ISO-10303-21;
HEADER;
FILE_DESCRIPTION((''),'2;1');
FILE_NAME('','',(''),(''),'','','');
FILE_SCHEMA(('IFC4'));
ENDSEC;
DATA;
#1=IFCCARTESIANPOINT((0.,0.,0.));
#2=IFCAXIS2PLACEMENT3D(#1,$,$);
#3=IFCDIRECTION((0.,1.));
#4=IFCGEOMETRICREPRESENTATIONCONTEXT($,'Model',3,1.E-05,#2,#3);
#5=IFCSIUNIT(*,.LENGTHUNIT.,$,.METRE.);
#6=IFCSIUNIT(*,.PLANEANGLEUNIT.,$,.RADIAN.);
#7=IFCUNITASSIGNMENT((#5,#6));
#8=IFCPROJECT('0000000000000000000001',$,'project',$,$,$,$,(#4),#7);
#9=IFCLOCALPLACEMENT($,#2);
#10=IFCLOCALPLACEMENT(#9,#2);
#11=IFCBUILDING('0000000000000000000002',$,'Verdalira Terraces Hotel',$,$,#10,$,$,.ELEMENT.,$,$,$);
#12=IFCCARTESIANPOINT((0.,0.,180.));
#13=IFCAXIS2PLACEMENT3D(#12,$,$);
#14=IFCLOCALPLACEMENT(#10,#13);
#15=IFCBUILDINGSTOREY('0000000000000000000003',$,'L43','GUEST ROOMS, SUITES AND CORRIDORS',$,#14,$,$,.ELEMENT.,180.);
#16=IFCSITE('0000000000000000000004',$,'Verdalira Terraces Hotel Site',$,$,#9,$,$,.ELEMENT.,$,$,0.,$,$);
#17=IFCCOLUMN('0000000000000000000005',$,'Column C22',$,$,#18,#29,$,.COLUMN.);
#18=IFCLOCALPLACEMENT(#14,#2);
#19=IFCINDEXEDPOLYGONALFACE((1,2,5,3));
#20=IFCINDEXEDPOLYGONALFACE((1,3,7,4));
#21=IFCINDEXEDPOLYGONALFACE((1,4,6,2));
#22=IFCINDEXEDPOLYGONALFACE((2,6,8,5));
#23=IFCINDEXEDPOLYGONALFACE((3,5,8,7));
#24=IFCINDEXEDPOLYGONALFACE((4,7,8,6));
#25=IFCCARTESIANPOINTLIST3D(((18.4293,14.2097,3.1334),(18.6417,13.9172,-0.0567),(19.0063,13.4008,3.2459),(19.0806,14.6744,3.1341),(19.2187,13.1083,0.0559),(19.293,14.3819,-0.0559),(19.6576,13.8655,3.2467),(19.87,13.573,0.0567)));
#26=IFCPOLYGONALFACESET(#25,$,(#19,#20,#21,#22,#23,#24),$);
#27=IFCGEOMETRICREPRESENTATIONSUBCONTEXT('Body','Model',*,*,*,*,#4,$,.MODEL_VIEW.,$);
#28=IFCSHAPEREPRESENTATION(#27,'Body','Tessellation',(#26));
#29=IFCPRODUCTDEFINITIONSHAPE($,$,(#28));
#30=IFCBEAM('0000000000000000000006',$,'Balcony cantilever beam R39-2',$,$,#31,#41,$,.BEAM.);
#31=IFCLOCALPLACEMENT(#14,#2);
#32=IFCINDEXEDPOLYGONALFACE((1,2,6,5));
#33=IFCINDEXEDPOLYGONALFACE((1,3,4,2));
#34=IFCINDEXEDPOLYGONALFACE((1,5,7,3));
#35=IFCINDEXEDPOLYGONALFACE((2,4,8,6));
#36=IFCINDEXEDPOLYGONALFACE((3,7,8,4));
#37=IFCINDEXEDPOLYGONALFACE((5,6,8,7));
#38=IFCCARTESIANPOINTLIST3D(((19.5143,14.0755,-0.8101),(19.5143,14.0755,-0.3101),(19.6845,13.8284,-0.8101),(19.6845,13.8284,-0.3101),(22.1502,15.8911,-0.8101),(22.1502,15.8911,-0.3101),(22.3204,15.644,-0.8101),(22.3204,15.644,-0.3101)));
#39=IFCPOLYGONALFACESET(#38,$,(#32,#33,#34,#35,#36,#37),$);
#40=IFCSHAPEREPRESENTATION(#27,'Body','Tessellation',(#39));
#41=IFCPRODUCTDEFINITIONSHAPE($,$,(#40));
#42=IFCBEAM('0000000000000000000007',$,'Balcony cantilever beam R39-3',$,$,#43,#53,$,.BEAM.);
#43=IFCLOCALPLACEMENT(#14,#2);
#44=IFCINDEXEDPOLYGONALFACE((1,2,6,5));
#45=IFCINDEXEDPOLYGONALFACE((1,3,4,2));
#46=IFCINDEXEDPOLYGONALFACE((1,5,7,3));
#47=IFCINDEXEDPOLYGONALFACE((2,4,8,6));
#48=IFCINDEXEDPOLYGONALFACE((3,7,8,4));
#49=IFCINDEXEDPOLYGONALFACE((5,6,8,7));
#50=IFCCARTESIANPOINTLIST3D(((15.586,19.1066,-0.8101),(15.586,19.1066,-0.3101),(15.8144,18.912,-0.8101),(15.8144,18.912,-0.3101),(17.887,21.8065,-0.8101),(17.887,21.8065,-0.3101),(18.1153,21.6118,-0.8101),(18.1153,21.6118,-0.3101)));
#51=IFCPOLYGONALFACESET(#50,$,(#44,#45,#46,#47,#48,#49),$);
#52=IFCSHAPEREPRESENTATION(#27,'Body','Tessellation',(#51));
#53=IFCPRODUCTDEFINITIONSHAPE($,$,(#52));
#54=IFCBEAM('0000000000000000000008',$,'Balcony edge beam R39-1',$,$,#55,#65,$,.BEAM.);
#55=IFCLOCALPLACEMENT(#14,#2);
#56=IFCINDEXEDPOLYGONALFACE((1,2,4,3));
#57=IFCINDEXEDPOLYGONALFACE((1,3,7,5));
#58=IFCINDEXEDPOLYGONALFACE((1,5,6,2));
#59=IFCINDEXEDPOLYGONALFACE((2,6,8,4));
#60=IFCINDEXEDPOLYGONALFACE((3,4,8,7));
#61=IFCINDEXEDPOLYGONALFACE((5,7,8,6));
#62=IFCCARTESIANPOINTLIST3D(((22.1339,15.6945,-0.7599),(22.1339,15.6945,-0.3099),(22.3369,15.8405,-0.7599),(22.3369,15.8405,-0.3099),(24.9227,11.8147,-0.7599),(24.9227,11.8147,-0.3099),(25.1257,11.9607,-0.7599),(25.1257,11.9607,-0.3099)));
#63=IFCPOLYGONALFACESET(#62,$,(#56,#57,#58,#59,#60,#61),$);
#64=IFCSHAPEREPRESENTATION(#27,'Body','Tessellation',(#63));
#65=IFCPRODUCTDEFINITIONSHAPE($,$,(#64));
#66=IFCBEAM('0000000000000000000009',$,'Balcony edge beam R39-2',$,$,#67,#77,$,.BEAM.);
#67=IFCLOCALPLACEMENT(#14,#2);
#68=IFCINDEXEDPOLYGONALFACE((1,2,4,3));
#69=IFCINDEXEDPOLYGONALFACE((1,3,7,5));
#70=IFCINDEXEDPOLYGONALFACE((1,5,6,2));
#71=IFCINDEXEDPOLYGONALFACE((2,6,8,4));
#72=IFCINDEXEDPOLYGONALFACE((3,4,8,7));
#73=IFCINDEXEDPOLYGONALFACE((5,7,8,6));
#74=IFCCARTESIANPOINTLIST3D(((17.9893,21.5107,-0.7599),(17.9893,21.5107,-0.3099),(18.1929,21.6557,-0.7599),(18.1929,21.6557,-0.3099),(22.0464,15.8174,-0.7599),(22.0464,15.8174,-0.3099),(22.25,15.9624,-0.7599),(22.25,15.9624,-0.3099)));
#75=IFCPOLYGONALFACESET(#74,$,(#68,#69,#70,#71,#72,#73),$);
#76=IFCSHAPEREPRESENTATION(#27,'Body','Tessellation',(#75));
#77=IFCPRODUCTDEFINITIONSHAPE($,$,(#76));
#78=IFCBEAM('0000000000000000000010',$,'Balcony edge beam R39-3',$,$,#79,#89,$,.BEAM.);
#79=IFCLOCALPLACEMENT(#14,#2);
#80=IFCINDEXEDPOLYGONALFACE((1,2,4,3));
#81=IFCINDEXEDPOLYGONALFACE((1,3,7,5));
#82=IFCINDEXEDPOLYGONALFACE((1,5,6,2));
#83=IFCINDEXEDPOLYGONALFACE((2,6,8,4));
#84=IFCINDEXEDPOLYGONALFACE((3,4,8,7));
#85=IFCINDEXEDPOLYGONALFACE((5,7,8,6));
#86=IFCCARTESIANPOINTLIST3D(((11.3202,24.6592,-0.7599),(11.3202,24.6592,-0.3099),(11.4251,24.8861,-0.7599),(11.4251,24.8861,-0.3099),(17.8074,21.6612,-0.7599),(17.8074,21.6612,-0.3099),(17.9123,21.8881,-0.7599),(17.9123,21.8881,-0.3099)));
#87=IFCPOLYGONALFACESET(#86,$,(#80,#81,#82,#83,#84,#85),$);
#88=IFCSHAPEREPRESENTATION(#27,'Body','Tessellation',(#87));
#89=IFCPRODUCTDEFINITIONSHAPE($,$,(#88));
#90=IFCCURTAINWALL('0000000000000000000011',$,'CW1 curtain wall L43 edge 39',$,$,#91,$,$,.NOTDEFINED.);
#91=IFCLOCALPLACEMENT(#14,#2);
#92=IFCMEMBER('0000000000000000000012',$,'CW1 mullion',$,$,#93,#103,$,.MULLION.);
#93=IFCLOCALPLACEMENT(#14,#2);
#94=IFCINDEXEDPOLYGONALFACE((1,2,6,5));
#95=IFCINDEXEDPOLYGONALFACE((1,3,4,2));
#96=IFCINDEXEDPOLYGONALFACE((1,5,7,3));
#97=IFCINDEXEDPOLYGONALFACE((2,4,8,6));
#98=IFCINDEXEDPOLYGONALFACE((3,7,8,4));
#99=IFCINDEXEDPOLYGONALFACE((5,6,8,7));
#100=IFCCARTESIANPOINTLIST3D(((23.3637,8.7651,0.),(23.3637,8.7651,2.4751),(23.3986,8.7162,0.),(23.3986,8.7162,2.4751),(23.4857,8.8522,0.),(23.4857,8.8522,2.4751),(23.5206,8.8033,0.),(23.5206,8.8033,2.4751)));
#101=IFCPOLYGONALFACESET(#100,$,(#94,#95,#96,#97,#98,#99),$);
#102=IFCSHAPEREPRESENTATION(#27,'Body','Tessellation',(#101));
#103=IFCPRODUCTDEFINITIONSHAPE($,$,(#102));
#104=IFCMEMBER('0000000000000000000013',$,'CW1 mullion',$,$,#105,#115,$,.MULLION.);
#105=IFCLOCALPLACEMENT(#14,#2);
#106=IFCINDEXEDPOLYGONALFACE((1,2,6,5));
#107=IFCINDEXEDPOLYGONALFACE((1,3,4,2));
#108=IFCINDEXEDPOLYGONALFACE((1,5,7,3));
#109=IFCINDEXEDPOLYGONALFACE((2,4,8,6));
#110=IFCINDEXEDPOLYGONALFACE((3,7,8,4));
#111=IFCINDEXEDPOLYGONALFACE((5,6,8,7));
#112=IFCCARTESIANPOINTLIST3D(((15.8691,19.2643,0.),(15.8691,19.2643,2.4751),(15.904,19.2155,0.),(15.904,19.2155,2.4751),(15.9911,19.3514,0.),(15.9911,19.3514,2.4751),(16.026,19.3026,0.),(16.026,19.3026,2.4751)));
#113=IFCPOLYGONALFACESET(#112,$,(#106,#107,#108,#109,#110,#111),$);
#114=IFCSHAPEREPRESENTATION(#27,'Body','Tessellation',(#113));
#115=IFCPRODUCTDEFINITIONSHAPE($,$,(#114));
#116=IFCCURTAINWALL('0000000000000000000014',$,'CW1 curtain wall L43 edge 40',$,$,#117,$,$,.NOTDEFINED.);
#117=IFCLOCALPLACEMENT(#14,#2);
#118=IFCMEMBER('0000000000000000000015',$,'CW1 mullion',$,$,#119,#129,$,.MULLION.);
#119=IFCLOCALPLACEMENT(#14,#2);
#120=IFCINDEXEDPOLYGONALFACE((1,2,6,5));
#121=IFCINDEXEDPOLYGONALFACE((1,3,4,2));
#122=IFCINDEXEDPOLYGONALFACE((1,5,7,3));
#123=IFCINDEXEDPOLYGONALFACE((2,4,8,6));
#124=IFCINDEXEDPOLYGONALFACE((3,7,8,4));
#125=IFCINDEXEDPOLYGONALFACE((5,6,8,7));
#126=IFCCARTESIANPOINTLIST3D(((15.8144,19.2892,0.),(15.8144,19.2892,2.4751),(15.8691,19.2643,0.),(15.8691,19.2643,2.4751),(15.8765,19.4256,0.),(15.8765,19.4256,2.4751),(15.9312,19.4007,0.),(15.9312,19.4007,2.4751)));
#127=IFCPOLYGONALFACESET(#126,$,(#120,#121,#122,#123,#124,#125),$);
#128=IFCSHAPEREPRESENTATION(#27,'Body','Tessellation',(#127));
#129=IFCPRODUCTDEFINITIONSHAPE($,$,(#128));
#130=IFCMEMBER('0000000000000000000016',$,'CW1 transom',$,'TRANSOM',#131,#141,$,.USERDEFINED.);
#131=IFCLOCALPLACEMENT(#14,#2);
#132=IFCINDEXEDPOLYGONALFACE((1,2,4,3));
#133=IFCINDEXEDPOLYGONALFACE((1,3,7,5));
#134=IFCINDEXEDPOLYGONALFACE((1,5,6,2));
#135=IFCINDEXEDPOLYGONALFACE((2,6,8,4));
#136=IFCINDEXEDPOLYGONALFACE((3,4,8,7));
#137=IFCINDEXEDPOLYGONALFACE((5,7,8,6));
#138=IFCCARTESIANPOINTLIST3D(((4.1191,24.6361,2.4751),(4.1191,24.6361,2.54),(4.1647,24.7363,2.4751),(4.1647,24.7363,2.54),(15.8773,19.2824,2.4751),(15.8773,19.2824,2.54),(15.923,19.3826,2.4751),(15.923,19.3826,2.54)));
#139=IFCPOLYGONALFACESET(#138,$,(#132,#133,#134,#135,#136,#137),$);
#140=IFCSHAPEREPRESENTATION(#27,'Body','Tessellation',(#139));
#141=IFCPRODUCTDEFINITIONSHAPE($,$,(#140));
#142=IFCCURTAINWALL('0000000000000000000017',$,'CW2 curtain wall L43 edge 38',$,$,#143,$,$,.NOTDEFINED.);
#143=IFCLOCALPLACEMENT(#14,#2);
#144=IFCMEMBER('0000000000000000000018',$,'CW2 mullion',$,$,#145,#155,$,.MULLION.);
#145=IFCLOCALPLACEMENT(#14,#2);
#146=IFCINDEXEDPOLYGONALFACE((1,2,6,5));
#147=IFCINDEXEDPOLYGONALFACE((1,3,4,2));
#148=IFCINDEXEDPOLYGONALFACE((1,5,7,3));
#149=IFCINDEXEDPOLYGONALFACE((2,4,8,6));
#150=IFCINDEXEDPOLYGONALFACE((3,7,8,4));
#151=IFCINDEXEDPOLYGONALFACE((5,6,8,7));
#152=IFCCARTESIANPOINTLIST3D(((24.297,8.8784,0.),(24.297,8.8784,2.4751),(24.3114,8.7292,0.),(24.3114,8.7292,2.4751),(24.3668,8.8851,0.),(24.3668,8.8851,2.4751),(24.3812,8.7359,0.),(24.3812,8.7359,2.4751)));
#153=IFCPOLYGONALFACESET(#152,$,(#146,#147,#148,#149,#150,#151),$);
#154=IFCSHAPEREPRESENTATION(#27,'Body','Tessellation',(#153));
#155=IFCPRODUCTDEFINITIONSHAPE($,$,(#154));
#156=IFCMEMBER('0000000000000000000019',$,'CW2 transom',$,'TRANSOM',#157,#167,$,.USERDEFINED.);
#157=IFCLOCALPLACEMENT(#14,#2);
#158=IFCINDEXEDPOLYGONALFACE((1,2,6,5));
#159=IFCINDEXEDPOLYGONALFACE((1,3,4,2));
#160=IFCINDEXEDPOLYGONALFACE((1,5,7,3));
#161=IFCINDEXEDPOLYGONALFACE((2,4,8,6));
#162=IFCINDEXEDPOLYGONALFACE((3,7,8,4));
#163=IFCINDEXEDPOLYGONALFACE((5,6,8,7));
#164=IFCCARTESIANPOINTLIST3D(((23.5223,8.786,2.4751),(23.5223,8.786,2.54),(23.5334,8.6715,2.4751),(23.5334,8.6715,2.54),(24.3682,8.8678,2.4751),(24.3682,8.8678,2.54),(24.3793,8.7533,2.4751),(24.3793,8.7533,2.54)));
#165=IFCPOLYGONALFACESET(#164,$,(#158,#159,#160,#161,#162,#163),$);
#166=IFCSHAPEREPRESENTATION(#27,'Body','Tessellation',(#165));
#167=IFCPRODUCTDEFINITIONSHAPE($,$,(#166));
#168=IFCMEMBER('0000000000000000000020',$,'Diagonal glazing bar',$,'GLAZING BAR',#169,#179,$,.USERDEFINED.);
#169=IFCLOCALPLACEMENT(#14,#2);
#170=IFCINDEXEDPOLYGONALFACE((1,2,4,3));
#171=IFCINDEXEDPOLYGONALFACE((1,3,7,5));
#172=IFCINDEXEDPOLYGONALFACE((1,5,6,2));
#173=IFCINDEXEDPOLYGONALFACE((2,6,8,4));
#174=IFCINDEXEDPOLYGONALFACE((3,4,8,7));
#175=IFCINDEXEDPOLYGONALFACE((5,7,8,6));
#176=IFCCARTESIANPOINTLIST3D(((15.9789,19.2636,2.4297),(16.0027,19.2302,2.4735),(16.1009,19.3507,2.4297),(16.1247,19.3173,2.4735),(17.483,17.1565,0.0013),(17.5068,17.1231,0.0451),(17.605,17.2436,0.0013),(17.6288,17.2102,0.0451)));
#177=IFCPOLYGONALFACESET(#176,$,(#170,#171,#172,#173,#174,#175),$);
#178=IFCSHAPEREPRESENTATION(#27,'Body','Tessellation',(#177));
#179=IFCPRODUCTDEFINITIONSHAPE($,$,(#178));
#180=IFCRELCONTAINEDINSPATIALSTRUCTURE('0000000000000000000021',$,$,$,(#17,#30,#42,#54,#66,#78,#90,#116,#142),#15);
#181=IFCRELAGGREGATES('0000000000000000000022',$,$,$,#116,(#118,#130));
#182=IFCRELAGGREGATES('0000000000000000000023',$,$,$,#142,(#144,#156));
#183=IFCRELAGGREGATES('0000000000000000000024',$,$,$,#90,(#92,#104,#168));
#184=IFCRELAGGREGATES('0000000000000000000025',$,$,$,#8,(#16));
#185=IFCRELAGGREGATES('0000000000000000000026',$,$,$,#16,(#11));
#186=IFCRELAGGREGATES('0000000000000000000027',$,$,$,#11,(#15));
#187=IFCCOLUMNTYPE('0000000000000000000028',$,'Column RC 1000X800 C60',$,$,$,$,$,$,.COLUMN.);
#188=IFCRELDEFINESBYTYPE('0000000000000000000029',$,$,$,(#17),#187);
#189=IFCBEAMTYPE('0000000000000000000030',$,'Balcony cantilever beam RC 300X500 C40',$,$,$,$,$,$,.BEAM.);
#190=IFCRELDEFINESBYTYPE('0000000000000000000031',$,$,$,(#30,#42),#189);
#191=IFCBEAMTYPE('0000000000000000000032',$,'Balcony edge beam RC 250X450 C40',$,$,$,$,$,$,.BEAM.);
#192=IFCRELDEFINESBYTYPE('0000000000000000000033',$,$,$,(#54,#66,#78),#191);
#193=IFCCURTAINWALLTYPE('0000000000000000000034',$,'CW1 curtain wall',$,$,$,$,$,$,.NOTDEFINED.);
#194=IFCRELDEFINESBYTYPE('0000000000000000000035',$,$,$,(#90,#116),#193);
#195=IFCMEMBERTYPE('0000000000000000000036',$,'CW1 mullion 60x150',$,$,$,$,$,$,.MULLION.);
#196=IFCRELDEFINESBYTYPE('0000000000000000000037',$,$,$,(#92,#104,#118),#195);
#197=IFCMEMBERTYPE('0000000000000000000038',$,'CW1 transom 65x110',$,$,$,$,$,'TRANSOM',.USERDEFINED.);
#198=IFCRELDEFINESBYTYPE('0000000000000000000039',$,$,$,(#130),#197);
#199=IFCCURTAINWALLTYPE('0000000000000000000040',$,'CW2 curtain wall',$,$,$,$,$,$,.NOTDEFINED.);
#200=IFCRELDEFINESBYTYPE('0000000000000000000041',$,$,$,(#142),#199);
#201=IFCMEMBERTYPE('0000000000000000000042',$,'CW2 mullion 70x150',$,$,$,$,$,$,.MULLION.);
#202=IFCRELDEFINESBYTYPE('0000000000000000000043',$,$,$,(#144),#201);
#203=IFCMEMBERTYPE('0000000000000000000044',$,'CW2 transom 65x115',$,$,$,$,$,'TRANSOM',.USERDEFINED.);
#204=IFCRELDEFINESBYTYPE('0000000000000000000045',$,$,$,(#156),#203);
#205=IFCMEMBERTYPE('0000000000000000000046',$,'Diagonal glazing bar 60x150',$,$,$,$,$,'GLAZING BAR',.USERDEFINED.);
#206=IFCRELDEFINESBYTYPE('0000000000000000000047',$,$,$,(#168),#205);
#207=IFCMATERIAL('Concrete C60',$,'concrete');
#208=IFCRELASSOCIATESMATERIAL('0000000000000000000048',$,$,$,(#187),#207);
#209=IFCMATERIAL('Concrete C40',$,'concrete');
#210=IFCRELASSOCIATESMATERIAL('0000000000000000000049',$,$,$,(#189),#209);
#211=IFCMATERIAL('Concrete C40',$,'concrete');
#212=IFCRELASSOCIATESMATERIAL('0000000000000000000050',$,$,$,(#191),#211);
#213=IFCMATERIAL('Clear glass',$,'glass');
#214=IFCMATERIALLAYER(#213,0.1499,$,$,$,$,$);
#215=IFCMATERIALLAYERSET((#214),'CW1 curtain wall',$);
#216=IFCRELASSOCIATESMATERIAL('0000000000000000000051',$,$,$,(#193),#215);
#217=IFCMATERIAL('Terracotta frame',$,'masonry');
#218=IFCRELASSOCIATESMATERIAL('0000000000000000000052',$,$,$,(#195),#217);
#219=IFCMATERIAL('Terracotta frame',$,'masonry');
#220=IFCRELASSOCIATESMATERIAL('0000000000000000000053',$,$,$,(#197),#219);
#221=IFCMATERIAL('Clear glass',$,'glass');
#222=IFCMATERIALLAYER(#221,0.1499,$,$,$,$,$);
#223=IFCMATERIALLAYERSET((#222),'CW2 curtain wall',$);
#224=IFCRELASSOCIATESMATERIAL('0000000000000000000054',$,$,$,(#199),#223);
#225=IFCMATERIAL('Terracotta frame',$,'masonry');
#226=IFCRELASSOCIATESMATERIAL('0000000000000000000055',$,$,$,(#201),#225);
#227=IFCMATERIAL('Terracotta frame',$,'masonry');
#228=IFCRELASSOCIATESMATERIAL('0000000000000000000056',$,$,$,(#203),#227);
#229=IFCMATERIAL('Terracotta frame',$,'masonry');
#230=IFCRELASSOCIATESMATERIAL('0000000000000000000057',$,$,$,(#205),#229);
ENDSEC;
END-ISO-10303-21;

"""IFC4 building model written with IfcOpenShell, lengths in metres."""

from ifc_helpers import new_model, si_unit, direction, frame, origin, origin_2d, place, context, subcontext, project, spatial, rectangle, extrude, material, layer, layer_set, material_profile, profile_set, type_object, element, aggregate, save


model = new_model("IFC4")

# Units and contexts
model_context = context("Model", 3, precision=1e-05, world=origin(), true_north=direction((0.0, 1.0)))
body_context = subcontext(model_context, "Body", "Model", "MODEL_VIEW")
ifc_project = project(units=[si_unit("LENGTHUNIT", "METRE"), si_unit("PLANEANGLEUNIT", "RADIAN")], contexts=[model_context])

# Site, building, storey
site_placement = place(None, origin())
site = spatial("IfcSite", under=ifc_project, at=site_placement, Name="Verdalira Terraces Hotel Site", CompositionType="ELEMENT", RefElevation=0.0)
building_placement = place(site_placement, origin())
building = spatial("IfcBuilding", under=site, at=building_placement, Name="Verdalira Terraces Hotel", CompositionType="ELEMENT")
storey_placement = place(building_placement, frame((0.0, 0.0, 180.0)))
storey = spatial("IfcBuildingStorey", under=building, at=storey_placement, Name="L43", Description="GUEST ROOMS, SUITES AND CORRIDORS", CompositionType="ELEMENT", Elevation=180.0)

# Column
ifc_material_1 = material(Name="Concrete C60", Category="concrete")
ifc_material_profile_1 = material_profile(ifc_material_1, rectangle(XDim=1.0, YDim=0.8, at=origin_2d()), Name="RC 1000X800")
ifc_profile_set_1 = profile_set([ifc_material_profile_1], Name="Concrete C60")
column_type = type_object("IfcColumnType", Name="Column RC 1000X800 C60", PredefinedType="COLUMN", material=ifc_profile_set_1)
column_placement = place(storey_placement, frame((19.2559, 13.7451, 0.0), z_axis=(-0.066162, 0.091105, 0.993641), x_axis=(-0.57703, 0.808925, -0.112591)))
element("IfcColumn", 1, at=column_placement, inside=storey, type_object=column_type, Name="Column C22", PredefinedType="COLUMN", context=body_context, shape_type="SweptSolid", body=[
    extrude(rectangle(XDim=1.0, YDim=0.8, at=origin_2d()), origin(), (0.0, 0.0, 1.0), 3.2104),
])

# Beams
ifc_material_2 = material(Name="Concrete C40", Category="concrete")
ifc_material_profile_2 = material_profile(ifc_material_2, rectangle(XDim=0.3, YDim=0.5, at=origin_2d()), Name="RC 300X500")
ifc_profile_set_2 = profile_set([ifc_material_profile_2], Name="Concrete C40")
beam_type_1 = type_object("IfcBeamType", Name="Balcony cantilever beam RC 300X500 C40", PredefinedType="BEAM", material=ifc_profile_set_2)
beam_1_placement = place(storey_placement, frame((19.5994, 13.9519, -0.5601), z_axis=(0.823541, 0.567257, 0.0), x_axis=(-0.567257, 0.823541, 0.0)))
element("IfcBeam", 2, at=beam_1_placement, inside=storey, type_object=beam_type_1, Name="Balcony cantilever beam R39-2", PredefinedType="BEAM", context=body_context, shape_type="SweptSolid", body=[
    extrude(rectangle(XDim=0.3, YDim=0.5, at=origin_2d()), origin(), (0.0, 0.0, 1.0), 3.2007),
])
beam_2_placement = place(storey_placement, frame((15.7002, 19.0093, -0.5601), z_axis=(0.648641, 0.761095, 0.0), x_axis=(-0.761095, 0.648641, 0.0)))
element("IfcBeam", 3, at=beam_2_placement, inside=storey, type_object=beam_type_1, Name="Balcony cantilever beam R39-3", PredefinedType="BEAM", context=body_context, shape_type="SweptSolid", body=[
    extrude(rectangle(XDim=0.3, YDim=0.5, at=origin_2d()), origin(), (0.0, 0.0, 1.0), 3.5474),
])
ifc_material_3 = material(Name="Concrete C40", Category="concrete")
ifc_material_profile_3 = material_profile(ifc_material_3, rectangle(XDim=0.25, YDim=0.45, at=origin_2d()), Name="RC 250X450")
ifc_profile_set_3 = profile_set([ifc_material_profile_3], Name="Concrete C40")
beam_type_2 = type_object("IfcBeamType", Name="Balcony edge beam RC 250X450 C40", PredefinedType="BEAM", material=ifc_profile_set_3)
beam_3_placement = place(storey_placement, frame((25.0242, 11.8877, -0.5349), z_axis=(-0.583657, 0.812, 0.0), x_axis=(-0.812, -0.583657, 0.0)))
element("IfcBeam", 4, at=beam_3_placement, inside=storey, type_object=beam_type_2, Name="Balcony edge beam R39-1", PredefinedType="BEAM", context=body_context, shape_type="SweptSolid", body=[
    extrude(rectangle(XDim=0.25, YDim=0.45, at=origin_2d()), origin(), (0.0, 0.0, 1.0), 4.7781),
])
beam_4_placement = place(storey_placement, frame((22.1482, 15.8899, -0.5349), z_axis=(-0.580333, 0.814379, 0.0), x_axis=(-0.814379, -0.580333, 0.0)))
element("IfcBeam", 5, at=beam_4_placement, inside=storey, type_object=beam_type_2, Name="Balcony edge beam R39-2", PredefinedType="BEAM", context=body_context, shape_type="SweptSolid", body=[
    extrude(rectangle(XDim=0.25, YDim=0.45, at=origin_2d()), origin(), (0.0, 0.0, 1.0), 6.991),
])
beam_5_placement = place(storey_placement, frame((17.8599, 21.7747, -0.5349), z_axis=(-0.907751, 0.419509, 0.0), x_axis=(-0.419509, -0.907751, 0.0)))
element("IfcBeam", 6, at=beam_5_placement, inside=storey, type_object=beam_type_2, Name="Balcony edge beam R39-3", PredefinedType="BEAM", context=body_context, shape_type="SweptSolid", body=[
    extrude(rectangle(XDim=0.25, YDim=0.45, at=origin_2d()), origin(), (0.0, 0.0, 1.0), 7.1465),
])

# Curtain walls, members
ifc_material_4 = material(Name="Clear glass", Category="glass")
ifc_layer_1 = layer(ifc_material_4, 0.1499)
ifc_layer_set_1 = layer_set([ifc_layer_1], Name="CW1 curtain wall")
curtain_wall_type_1 = type_object("IfcCurtainWallType", Name="CW1 curtain wall", PredefinedType="NOTDEFINED", material=ifc_layer_set_1)
curtain_wall_1_placement = place(storey_placement, origin())
curtain_wall_1 = element("IfcCurtainWall", 7, at=curtain_wall_1_placement, inside=storey, type_object=curtain_wall_type_1, Name="CW1 curtain wall L43 edge 39", PredefinedType="NOTDEFINED")
ifc_material_5 = material(Name="Terracotta frame", Category="masonry")
ifc_material_profile_4 = material_profile(ifc_material_5, rectangle(XDim=0.0601, YDim=0.1499, at=origin_2d()), Name="MU 60x150")
ifc_profile_set_4 = profile_set([ifc_material_profile_4], Name="Terracotta frame")
member_type_1 = type_object("IfcMemberType", Name="CW1 mullion 60x150", PredefinedType="MULLION", material=ifc_profile_set_4)
member_1_placement = place(storey_placement, frame((23.4421, 8.7842, 0.0), z_axis=(0.0, 0.0, 1.0), x_axis=(-0.580987, 0.813913, 0.0)))
member_1 = element("IfcMember", 8, at=member_1_placement, type_object=member_type_1, Name="CW1 mullion", PredefinedType="MULLION", context=body_context, shape_type="SweptSolid", body=[
    extrude(rectangle(XDim=0.0601, YDim=0.1499, at=origin_2d()), origin(), (0.0, 0.0, 1.0), 2.4751),
])
member_2_placement = place(storey_placement, frame((15.9475, 19.2834, 0.0), z_axis=(0.0, 0.0, 1.0), x_axis=(-0.580987, 0.813913, 0.0)))
member_2 = element("IfcMember", 9, at=member_2_placement, type_object=member_type_1, Name="CW1 mullion", PredefinedType="MULLION", context=body_context, shape_type="SweptSolid", body=[
    extrude(rectangle(XDim=0.0601, YDim=0.1499, at=origin_2d()), origin(), (0.0, 0.0, 1.0), 2.4751),
])
curtain_wall_2_placement = place(storey_placement, origin())
curtain_wall_2 = element("IfcCurtainWall", 10, at=curtain_wall_2_placement, inside=storey, type_object=curtain_wall_type_1, Name="CW1 curtain wall L43 edge 40", PredefinedType="NOTDEFINED")
member_3_placement = place(storey_placement, frame((15.8728, 19.345, 0.0), z_axis=(0.0, 0.0, 1.0), x_axis=(-0.910106, 0.414376, 0.0)))
member_3 = element("IfcMember", 11, at=member_3_placement, type_object=member_type_1, Name="CW1 mullion", PredefinedType="MULLION", context=body_context, shape_type="SweptSolid", body=[
    extrude(rectangle(XDim=0.0601, YDim=0.1499, at=origin_2d()), origin(), (0.0, 0.0, 1.0), 2.4751),
])
ifc_material_6 = material(Name="Terracotta frame", Category="masonry")
ifc_material_profile_5 = material_profile(ifc_material_6, rectangle(XDim=0.1101, YDim=0.0649, at=origin_2d()), Name="TR 65x110")
ifc_profile_set_5 = profile_set([ifc_material_profile_5], Name="Terracotta frame")
member_type_2 = type_object("IfcMemberType", Name="CW1 transom 65x110", ElementType="TRANSOM", PredefinedType="USERDEFINED", material=ifc_profile_set_5)
member_4_placement = place(storey_placement, frame((15.9001, 19.3325, 2.5076), z_axis=(-0.910102, 0.414385, 0.0), x_axis=(-0.414385, -0.910102, 0.0)))
member_4 = element("IfcMember", 12, at=member_4_placement, type_object=member_type_2, Name="CW1 transom", ObjectType="TRANSOM", PredefinedType="USERDEFINED", context=body_context, shape_type="SweptSolid", body=[
    extrude(rectangle(XDim=0.1101, YDim=0.0649, at=origin_2d()), origin(), (0.0, 0.0, 1.0), 12.9197),
])
aggregate(curtain_wall_2, [member_3, member_4])
ifc_material_7 = material(Name="Clear glass", Category="glass")
ifc_layer_2 = layer(ifc_material_7, 0.1499)
ifc_layer_set_2 = layer_set([ifc_layer_2], Name="CW2 curtain wall")
curtain_wall_type_2 = type_object("IfcCurtainWallType", Name="CW2 curtain wall", PredefinedType="NOTDEFINED", material=ifc_layer_set_2)
curtain_wall_3_placement = place(storey_placement, origin())
curtain_wall_3 = element("IfcCurtainWall", 13, at=curtain_wall_3_placement, inside=storey, type_object=curtain_wall_type_2, Name="CW2 curtain wall L43 edge 38", PredefinedType="NOTDEFINED")
ifc_material_8 = material(Name="Terracotta frame", Category="masonry")
ifc_material_profile_6 = material_profile(ifc_material_8, rectangle(XDim=0.0701, YDim=0.1499, at=origin_2d()), Name="MU 70x150")
ifc_profile_set_6 = profile_set([ifc_material_profile_6], Name="Terracotta frame")
member_type_3 = type_object("IfcMemberType", Name="CW2 mullion 70x150", PredefinedType="MULLION", material=ifc_profile_set_6)
member_5_placement = place(storey_placement, frame((24.3391, 8.8071, 0.0), z_axis=(0.0, 0.0, 1.0), x_axis=(-0.995363, -0.096193, 0.0)))
member_5 = element("IfcMember", 14, at=member_5_placement, type_object=member_type_3, Name="CW2 mullion", PredefinedType="MULLION", context=body_context, shape_type="SweptSolid", body=[
    extrude(rectangle(XDim=0.0701, YDim=0.1499, at=origin_2d()), origin(), (0.0, 0.0, 1.0), 2.4751),
])
ifc_material_9 = material(Name="Terracotta frame", Category="masonry")
ifc_material_profile_7 = material_profile(ifc_material_9, rectangle(XDim=0.115, YDim=0.0649, at=origin_2d()), Name="TR 65x115")
ifc_profile_set_7 = profile_set([ifc_material_profile_7], Name="Terracotta frame")
member_type_4 = type_object("IfcMemberType", Name="CW2 transom 65x115", ElementType="TRANSOM", PredefinedType="USERDEFINED", material=ifc_profile_set_7)
member_6_placement = place(storey_placement, frame((24.3738, 8.8105, 2.5076), z_axis=(-0.995359, -0.096232, 0.0), x_axis=(0.096232, -0.995359, 0.0)))
member_6 = element("IfcMember", 15, at=member_6_placement, type_object=member_type_4, Name="CW2 transom", ObjectType="TRANSOM", PredefinedType="USERDEFINED", context=body_context, shape_type="SweptSolid", body=[
    extrude(rectangle(XDim=0.115, YDim=0.0649, at=origin_2d()), origin(), (0.0, 0.0, 1.0), 0.8499),
])
aggregate(curtain_wall_3, [member_5, member_6])

# Member
ifc_material_10 = material(Name="Terracotta frame", Category="masonry")
ifc_material_profile_8 = material_profile(ifc_material_10, rectangle(XDim=0.1499, YDim=0.0601, at=origin_2d()), Name="GB 60x150")
ifc_profile_set_8 = profile_set([ifc_material_profile_8], Name="Terracotta frame")
member_type_5 = type_object("IfcMemberType", Name="Diagonal glazing bar 60x150", ElementType="GLAZING BAR", PredefinedType="USERDEFINED", material=ifc_profile_set_8)
member_7_placement = place(storey_placement, frame((17.5559, 17.1834, 0.0232), z_axis=(-0.423744, 0.593627, 0.68414), x_axis=(-0.813912, -0.580988, 0.0)))
member_7 = element("IfcMember", 16, at=member_7_placement, type_object=member_type_5, Name="Diagonal glazing bar", ObjectType="GLAZING BAR", PredefinedType="USERDEFINED", context=body_context, shape_type="SweptSolid", body=[
    extrude(rectangle(XDim=0.1499, YDim=0.0601, at=origin_2d()), origin(), (0.0, 0.0, 1.0), 3.5496),
])

aggregate(curtain_wall_1, [member_1, member_2, member_7])

save(model, "model.ifc")
